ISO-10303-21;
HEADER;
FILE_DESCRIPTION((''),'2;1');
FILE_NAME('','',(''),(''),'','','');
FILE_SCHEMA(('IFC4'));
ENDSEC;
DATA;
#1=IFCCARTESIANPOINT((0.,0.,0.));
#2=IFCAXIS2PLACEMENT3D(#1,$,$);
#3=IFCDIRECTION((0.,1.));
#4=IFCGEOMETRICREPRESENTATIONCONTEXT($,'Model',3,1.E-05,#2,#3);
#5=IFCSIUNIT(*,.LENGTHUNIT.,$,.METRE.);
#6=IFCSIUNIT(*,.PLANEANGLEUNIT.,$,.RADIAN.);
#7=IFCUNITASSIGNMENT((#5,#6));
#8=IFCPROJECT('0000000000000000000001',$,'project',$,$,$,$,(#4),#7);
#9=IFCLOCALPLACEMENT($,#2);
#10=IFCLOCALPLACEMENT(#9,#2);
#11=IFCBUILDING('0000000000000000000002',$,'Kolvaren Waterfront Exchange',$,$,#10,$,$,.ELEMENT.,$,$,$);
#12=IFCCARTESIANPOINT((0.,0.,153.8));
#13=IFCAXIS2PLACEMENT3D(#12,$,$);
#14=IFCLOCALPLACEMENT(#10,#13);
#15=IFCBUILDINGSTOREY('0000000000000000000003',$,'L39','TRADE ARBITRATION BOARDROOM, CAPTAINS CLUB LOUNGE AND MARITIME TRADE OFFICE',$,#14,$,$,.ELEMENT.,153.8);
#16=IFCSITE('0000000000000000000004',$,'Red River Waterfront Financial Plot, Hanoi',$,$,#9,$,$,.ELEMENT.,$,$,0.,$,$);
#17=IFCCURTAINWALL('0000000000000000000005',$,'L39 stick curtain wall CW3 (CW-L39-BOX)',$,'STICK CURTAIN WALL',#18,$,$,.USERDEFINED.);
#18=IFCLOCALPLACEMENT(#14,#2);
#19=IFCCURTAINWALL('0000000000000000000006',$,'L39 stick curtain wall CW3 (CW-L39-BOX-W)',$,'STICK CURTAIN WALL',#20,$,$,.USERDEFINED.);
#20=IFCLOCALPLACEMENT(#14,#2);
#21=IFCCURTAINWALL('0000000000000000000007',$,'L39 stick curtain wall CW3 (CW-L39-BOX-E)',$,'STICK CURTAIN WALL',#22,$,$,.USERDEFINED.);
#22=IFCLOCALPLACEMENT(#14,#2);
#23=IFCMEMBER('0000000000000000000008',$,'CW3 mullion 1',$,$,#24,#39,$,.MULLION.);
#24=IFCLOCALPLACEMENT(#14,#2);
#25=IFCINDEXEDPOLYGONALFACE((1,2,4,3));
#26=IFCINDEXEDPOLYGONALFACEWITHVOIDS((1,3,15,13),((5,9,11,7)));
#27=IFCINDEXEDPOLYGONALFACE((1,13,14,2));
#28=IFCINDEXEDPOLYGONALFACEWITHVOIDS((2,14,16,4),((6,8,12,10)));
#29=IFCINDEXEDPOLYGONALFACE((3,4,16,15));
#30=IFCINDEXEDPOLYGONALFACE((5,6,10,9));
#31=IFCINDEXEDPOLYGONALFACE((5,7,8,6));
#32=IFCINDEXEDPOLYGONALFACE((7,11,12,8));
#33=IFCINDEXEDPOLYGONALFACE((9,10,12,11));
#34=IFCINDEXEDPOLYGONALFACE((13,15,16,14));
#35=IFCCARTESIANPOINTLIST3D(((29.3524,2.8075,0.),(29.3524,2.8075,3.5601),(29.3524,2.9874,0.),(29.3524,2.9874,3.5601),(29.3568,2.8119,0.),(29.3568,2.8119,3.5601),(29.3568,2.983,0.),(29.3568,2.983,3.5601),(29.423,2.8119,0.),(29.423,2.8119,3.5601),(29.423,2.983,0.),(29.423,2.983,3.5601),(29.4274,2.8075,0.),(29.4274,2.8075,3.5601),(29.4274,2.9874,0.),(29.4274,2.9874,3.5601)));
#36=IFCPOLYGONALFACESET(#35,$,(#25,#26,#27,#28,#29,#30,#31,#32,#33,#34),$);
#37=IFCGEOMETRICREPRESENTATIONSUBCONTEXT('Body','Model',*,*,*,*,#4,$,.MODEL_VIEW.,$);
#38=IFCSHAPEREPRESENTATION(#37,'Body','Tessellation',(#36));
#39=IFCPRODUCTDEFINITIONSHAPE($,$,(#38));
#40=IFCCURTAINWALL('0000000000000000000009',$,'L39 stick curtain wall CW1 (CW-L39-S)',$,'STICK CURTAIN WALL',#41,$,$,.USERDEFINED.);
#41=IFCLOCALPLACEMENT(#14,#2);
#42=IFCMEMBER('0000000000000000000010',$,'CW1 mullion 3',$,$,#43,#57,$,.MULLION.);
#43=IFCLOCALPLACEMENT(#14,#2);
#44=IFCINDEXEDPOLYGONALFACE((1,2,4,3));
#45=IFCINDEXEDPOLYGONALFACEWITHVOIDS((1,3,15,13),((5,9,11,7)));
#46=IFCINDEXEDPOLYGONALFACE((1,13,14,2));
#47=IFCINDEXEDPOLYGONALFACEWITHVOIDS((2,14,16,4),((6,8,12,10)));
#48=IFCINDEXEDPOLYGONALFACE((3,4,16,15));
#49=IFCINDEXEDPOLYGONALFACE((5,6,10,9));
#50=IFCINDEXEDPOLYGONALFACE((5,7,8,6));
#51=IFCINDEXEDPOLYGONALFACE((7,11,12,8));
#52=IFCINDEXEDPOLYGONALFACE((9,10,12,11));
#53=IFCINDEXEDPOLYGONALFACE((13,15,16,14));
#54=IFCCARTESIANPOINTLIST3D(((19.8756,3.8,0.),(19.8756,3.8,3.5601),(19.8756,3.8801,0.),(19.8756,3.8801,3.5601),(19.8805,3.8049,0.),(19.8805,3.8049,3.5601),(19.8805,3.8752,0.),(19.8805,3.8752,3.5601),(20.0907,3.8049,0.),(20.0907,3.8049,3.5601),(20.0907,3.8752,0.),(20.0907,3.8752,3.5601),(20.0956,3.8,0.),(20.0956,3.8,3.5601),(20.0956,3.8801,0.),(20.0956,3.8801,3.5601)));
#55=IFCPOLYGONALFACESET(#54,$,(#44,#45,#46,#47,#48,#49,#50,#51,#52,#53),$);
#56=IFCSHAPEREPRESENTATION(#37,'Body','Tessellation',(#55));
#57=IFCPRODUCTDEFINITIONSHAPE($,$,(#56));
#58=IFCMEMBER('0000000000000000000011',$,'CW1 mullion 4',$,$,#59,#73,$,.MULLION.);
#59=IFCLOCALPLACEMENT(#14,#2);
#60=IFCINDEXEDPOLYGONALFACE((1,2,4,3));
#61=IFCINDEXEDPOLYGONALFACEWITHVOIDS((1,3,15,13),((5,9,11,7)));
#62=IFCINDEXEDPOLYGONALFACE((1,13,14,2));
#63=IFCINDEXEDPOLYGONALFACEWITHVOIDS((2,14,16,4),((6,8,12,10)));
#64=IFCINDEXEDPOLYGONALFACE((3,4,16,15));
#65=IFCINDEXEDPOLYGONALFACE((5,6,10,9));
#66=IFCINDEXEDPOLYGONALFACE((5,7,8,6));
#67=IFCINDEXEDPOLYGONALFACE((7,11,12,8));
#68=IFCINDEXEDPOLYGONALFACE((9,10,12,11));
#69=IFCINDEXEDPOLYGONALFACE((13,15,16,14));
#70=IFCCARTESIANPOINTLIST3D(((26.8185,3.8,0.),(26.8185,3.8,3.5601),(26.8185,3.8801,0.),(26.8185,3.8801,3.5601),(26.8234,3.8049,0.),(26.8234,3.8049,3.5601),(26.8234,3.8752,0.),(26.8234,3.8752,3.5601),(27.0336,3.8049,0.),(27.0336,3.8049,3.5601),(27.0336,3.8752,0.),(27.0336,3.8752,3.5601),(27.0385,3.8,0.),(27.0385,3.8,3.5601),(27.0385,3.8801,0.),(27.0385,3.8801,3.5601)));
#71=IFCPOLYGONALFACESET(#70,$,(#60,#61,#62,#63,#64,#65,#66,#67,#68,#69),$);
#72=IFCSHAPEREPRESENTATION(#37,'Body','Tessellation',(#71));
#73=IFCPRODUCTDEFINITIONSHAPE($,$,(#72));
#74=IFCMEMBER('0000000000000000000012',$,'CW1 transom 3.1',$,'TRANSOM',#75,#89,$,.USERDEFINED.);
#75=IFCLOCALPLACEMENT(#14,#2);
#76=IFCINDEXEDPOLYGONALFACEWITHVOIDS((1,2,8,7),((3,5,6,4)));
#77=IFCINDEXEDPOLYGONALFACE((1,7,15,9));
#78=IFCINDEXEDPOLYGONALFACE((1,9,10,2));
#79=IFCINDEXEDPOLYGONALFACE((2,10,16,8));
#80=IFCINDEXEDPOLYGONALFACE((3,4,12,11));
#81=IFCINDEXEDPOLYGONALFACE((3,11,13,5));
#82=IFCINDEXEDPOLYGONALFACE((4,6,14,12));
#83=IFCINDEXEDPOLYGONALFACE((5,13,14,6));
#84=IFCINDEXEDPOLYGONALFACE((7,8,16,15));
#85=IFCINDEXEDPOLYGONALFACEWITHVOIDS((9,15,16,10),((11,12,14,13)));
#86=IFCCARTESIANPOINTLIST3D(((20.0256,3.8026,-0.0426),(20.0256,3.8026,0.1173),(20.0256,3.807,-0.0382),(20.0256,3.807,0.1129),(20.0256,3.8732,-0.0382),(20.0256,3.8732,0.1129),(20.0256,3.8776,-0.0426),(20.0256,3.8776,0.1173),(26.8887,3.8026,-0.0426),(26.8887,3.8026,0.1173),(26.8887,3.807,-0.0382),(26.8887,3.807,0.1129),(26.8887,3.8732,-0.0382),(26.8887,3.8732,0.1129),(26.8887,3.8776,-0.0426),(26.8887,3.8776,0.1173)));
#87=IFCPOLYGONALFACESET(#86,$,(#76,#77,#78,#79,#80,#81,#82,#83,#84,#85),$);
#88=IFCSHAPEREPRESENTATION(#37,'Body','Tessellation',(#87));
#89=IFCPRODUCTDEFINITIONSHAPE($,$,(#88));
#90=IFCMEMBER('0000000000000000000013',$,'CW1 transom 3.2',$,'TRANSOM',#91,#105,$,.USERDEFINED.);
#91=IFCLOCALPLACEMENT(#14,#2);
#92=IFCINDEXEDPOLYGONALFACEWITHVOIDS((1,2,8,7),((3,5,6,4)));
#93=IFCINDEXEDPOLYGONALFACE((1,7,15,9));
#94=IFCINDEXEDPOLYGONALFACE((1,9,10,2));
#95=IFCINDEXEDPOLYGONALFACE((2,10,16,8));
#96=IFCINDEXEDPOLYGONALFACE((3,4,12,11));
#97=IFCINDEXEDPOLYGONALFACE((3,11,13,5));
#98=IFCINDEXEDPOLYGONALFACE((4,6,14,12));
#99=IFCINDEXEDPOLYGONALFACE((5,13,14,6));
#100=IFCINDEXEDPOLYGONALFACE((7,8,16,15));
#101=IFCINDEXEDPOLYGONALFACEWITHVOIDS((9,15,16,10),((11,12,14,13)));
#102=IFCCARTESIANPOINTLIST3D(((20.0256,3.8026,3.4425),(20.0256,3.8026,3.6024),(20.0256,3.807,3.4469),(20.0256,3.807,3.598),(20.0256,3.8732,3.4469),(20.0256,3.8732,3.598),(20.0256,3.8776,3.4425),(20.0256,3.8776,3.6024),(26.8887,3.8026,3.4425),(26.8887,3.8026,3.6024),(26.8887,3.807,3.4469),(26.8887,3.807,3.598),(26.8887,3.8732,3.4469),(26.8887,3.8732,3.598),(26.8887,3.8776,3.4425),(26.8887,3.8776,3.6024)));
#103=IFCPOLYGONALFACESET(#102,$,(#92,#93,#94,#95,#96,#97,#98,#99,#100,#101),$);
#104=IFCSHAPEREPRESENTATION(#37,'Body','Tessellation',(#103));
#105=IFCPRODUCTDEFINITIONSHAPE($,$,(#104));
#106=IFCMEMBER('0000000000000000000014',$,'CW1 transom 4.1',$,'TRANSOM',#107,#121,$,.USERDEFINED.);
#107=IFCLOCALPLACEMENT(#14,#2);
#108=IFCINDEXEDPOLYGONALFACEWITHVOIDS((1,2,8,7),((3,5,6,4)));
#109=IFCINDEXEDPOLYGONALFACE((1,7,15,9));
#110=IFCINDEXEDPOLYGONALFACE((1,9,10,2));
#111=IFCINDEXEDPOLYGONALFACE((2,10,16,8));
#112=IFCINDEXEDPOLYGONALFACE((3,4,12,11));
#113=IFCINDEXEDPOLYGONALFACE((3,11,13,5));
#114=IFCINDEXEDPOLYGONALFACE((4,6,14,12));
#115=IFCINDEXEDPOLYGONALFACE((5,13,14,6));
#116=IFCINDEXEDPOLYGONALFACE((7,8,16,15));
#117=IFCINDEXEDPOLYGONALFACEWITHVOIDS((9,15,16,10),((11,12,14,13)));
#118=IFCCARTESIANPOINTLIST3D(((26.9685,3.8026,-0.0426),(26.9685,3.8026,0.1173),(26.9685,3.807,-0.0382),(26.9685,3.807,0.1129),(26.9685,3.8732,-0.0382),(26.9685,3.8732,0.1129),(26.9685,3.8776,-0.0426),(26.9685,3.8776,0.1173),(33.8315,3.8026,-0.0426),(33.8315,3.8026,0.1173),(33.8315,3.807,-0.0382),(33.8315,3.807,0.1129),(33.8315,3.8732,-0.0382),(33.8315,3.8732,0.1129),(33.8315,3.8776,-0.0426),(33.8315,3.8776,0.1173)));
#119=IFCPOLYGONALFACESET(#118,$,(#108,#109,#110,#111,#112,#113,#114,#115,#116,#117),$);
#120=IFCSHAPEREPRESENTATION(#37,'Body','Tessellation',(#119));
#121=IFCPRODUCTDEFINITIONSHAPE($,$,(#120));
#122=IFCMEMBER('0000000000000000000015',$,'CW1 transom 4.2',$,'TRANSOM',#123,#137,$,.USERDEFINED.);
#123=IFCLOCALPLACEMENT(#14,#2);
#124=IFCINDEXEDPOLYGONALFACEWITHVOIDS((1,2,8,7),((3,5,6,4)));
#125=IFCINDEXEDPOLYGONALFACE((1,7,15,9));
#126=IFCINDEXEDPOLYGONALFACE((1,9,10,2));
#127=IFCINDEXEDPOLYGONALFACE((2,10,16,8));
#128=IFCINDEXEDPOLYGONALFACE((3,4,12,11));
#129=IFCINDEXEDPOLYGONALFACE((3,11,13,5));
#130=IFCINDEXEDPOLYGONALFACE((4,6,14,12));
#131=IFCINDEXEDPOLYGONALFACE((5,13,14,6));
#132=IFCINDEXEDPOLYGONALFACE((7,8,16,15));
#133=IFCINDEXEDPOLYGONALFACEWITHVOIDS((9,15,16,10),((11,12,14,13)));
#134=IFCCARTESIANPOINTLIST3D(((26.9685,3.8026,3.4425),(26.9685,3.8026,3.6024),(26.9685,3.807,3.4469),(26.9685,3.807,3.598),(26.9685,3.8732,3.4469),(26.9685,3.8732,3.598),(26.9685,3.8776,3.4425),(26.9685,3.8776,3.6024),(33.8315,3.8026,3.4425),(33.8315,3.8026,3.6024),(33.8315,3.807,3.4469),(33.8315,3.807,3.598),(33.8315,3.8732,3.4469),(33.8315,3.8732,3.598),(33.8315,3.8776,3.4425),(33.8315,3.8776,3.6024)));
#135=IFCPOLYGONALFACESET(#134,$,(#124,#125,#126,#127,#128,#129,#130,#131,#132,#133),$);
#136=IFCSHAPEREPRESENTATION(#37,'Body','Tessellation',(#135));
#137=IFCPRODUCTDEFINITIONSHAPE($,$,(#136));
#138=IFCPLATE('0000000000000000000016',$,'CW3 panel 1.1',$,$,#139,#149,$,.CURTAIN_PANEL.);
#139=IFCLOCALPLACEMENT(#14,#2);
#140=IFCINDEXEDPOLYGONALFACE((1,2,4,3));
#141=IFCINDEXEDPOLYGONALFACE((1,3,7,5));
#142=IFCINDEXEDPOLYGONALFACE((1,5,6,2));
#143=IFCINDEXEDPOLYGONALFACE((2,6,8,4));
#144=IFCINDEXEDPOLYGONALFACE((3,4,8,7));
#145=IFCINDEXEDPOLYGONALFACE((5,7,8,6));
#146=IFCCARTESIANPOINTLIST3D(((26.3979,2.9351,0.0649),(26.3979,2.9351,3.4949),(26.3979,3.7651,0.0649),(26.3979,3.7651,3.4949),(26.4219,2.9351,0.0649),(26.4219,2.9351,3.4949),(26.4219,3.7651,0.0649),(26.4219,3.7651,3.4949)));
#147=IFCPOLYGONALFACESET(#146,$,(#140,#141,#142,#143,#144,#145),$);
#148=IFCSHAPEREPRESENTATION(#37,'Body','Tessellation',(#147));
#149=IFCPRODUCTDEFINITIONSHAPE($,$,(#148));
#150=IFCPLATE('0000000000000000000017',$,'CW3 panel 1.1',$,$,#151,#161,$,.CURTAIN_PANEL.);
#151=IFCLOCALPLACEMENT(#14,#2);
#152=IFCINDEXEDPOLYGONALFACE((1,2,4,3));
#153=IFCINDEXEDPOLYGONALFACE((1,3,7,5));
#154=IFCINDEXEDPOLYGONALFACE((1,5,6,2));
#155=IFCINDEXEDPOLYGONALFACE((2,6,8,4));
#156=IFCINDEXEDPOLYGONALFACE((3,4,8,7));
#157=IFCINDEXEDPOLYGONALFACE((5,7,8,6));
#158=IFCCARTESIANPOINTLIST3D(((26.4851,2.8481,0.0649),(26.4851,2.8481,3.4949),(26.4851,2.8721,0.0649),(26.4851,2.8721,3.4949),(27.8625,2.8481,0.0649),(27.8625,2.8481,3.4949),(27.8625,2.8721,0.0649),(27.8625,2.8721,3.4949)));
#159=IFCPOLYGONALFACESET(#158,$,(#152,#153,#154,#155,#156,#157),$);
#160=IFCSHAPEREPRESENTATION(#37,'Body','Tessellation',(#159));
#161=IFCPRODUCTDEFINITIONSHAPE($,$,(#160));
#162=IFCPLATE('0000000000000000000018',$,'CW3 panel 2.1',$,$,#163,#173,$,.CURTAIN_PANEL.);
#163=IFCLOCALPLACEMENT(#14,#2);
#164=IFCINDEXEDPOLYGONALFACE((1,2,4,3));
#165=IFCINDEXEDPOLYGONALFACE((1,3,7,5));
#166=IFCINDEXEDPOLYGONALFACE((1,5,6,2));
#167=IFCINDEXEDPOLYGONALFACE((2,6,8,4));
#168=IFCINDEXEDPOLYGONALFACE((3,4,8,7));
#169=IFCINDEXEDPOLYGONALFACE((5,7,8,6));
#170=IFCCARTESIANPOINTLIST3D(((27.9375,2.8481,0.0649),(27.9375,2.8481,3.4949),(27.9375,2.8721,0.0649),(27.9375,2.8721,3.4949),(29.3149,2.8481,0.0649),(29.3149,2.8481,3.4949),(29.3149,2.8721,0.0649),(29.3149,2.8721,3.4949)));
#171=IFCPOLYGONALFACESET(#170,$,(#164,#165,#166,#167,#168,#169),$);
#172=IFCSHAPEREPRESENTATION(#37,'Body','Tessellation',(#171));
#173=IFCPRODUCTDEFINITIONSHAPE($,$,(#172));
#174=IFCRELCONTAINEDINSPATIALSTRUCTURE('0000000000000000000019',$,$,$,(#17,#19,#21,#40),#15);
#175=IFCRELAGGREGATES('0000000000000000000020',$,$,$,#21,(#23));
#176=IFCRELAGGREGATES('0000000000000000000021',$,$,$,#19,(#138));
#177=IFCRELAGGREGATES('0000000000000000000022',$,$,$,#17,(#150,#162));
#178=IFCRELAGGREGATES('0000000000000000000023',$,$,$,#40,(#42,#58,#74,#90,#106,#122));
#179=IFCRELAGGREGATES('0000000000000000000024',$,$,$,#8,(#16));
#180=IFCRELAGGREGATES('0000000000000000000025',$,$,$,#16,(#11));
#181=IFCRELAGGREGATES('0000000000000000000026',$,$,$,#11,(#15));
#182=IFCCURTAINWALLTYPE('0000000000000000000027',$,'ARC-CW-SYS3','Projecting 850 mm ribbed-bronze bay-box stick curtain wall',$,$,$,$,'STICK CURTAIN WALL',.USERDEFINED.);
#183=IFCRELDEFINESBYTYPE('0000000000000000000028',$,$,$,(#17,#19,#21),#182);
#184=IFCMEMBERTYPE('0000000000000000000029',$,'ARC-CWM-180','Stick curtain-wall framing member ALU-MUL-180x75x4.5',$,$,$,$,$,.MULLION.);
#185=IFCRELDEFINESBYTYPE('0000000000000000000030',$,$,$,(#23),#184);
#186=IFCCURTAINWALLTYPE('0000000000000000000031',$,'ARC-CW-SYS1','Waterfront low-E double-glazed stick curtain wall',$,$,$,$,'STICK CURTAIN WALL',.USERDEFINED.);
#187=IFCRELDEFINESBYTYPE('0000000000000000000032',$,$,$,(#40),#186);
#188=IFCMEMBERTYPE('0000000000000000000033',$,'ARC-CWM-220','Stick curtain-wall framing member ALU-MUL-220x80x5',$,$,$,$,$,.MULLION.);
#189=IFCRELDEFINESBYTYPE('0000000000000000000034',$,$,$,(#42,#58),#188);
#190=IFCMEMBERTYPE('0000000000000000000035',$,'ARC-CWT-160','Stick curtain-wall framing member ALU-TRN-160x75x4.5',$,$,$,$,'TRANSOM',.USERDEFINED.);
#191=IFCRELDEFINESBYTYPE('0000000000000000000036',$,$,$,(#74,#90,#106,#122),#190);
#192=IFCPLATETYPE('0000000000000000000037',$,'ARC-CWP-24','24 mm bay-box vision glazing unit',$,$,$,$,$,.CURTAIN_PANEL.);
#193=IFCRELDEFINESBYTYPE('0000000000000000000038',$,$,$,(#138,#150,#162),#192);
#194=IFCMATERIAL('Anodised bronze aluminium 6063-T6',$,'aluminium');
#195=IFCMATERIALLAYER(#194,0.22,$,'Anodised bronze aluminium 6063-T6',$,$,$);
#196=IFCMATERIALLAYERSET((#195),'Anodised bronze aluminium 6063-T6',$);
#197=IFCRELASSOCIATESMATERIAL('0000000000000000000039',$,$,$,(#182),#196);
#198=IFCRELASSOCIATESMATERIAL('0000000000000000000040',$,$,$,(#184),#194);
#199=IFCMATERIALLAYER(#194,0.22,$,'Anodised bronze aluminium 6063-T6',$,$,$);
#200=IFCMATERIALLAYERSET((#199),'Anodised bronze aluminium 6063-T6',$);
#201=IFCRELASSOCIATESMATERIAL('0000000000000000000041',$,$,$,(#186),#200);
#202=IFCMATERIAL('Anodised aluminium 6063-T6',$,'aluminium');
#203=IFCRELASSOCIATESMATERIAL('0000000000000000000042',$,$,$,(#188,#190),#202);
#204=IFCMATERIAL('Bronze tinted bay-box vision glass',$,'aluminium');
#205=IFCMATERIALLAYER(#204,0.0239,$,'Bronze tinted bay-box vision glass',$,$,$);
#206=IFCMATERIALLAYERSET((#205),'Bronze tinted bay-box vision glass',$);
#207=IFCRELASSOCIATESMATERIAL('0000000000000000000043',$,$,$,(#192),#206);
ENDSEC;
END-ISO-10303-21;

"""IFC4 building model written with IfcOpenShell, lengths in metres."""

from ifc_helpers import new_model, si_unit, direction, frame, origin, origin_with_axes, origin_2d, place, context, subcontext, project, spatial, rectangle, hollow_rectangle, extrude, source, transform, mapped, material, layer, layer_set, material_profile, profile_set, type_object, element, aggregate, save


model = new_model("IFC4")

# Units and contexts
model_context = context("Model", 3, precision=1e-05, world=origin(), true_north=direction((0.0, 1.0)))
body_context = subcontext(model_context, "Body", "Model", "MODEL_VIEW")
ifc_project = project(units=[si_unit("LENGTHUNIT", "METRE"), si_unit("PLANEANGLEUNIT", "RADIAN")], contexts=[model_context])

# Site, building, storey
site_placement = place(None, origin())
site = spatial("IfcSite", under=ifc_project, at=site_placement, Name="Red River Waterfront Financial Plot, Hanoi", CompositionType="ELEMENT", RefElevation=0.0)
building_placement = place(site_placement, origin())
building = spatial("IfcBuilding", under=site, at=building_placement, Name="Kolvaren Waterfront Exchange", CompositionType="ELEMENT")
storey_placement = place(building_placement, frame((0.0, 0.0, 153.8)))
storey = spatial("IfcBuildingStorey", under=building, at=storey_placement, Name="L39", Description="TRADE ARBITRATION BOARDROOM, CAPTAINS CLUB LOUNGE AND MARITIME TRADE OFFICE", CompositionType="ELEMENT", Elevation=153.8)

# Curtain walls
ifc_material_1 = material(Name="Anodised bronze aluminium 6063-T6", Category="aluminium")
ifc_layer_1 = layer(ifc_material_1, 0.22, Name="Anodised bronze aluminium 6063-T6")
ifc_layer_set_1 = layer_set([ifc_layer_1], Name="Anodised bronze aluminium 6063-T6")
curtain_wall_type_1 = type_object("IfcCurtainWallType", Name="ARC-CW-SYS3", Description="Projecting 850 mm ribbed-bronze bay-box stick curtain wall", ElementType="STICK CURTAIN WALL", PredefinedType="USERDEFINED", material=ifc_layer_set_1)
curtain_wall_1_placement = place(storey_placement, origin())
curtain_wall_1 = element("IfcCurtainWall", 1, at=curtain_wall_1_placement, inside=storey, type_object=curtain_wall_type_1, Name="L39 stick curtain wall CW3 (CW-L39-BOX)", ObjectType="STICK CURTAIN WALL", PredefinedType="USERDEFINED")
curtain_wall_2_placement = place(storey_placement, origin())
curtain_wall_2 = element("IfcCurtainWall", 2, at=curtain_wall_2_placement, inside=storey, type_object=curtain_wall_type_1, Name="L39 stick curtain wall CW3 (CW-L39-BOX-W)", ObjectType="STICK CURTAIN WALL", PredefinedType="USERDEFINED")

# Curtain wall
curtain_wall_3_placement = place(storey_placement, origin())
curtain_wall_3 = element("IfcCurtainWall", 3, at=curtain_wall_3_placement, inside=storey, type_object=curtain_wall_type_1, Name="L39 stick curtain wall CW3 (CW-L39-BOX-E)", ObjectType="STICK CURTAIN WALL", PredefinedType="USERDEFINED")

# Member
ifc_material_profile_1 = material_profile(ifc_material_1, hollow_rectangle(XDim=0.075, YDim=0.1799, WallThickness=0.0044, at=origin_2d()), Name="ALU-MUL-180x75x4.5")
ifc_profile_set_1 = profile_set([ifc_material_profile_1], Name="Anodised bronze aluminium 6063-T6")
member_type_1 = type_object("IfcMemberType", Name="ARC-CWM-180", Description="Stick curtain-wall framing member ALU-MUL-180x75x4.5", PredefinedType="MULLION", material=ifc_profile_set_1)
shared_shape_1 = source(origin_with_axes(), body_context, "Body", "SweptSolid", [
    extrude(hollow_rectangle(XDim=0.075, YDim=0.1799, WallThickness=0.0044, at=origin_2d()), origin(), (0.0, 0.0, 1.0), 3.5601),
])
member_1_placement = place(storey_placement, frame((29.3899, 2.8975, 0.0), z_axis=(0.0, 0.0, 1.0), x_axis=(-1.0, 0.0, 0.0)))
member_1 = element("IfcMember", 4, at=member_1_placement, type_object=member_type_1, Name="CW3 mullion 1", PredefinedType="MULLION", context=body_context, shape_type="MappedRepresentation", body=[
    mapped(shared_shape_1, transform((0.0, 0.0, 0.0), x_axis=(1.0, 0.0, 0.0), y_axis=(0.0, 1.0, 0.0), z_axis=(0.0, 0.0, 1.0), scale=1.0)),
])
aggregate(curtain_wall_3, [member_1])

# Curtain wall, members
ifc_layer_2 = layer(ifc_material_1, 0.22, Name="Anodised bronze aluminium 6063-T6")
ifc_layer_set_2 = layer_set([ifc_layer_2], Name="Anodised bronze aluminium 6063-T6")
curtain_wall_type_2 = type_object("IfcCurtainWallType", Name="ARC-CW-SYS1", Description="Waterfront low-E double-glazed stick curtain wall", ElementType="STICK CURTAIN WALL", PredefinedType="USERDEFINED", material=ifc_layer_set_2)
curtain_wall_4_placement = place(storey_placement, origin())
curtain_wall_4 = element("IfcCurtainWall", 5, at=curtain_wall_4_placement, inside=storey, type_object=curtain_wall_type_2, Name="L39 stick curtain wall CW1 (CW-L39-S)", ObjectType="STICK CURTAIN WALL", PredefinedType="USERDEFINED")
ifc_material_2 = material(Name="Anodised aluminium 6063-T6", Category="aluminium")
ifc_material_profile_2 = material_profile(ifc_material_2, hollow_rectangle(XDim=0.0801, YDim=0.22, WallThickness=0.0049, at=origin_2d()), Name="ALU-MUL-220x80x5")
ifc_profile_set_2 = profile_set([ifc_material_profile_2], Name="Anodised aluminium 6063-T6")
member_type_2 = type_object("IfcMemberType", Name="ARC-CWM-220", Description="Stick curtain-wall framing member ALU-MUL-220x80x5", PredefinedType="MULLION", material=ifc_profile_set_2)
shared_shape_2 = source(origin_with_axes(), body_context, "Body", "SweptSolid", [
    extrude(hollow_rectangle(XDim=0.0801, YDim=0.22, WallThickness=0.0049, at=origin_2d()), origin(), (0.0, 0.0, 1.0), 3.5601),
])
member_2_placement = place(storey_placement, frame((19.9856, 3.8401, 0.0), z_axis=(0.0, 0.0, 1.0), x_axis=(0.0, 1.0, 0.0)))
member_2 = element("IfcMember", 6, at=member_2_placement, type_object=member_type_2, Name="CW1 mullion 3", PredefinedType="MULLION", context=body_context, shape_type="MappedRepresentation", body=[
    mapped(shared_shape_2, transform((0.0, 0.0, 0.0), x_axis=(1.0, 0.0, 0.0), y_axis=(0.0, 1.0, 0.0), z_axis=(0.0, 0.0, 1.0), scale=1.0)),
])
member_3_placement = place(storey_placement, frame((26.9285, 3.8401, 0.0), z_axis=(0.0, 0.0, 1.0), x_axis=(0.0, 1.0, 0.0)))
member_3 = element("IfcMember", 7, at=member_3_placement, type_object=member_type_2, Name="CW1 mullion 4", PredefinedType="MULLION", context=body_context, shape_type="MappedRepresentation", body=[
    mapped(shared_shape_2, transform((0.0, 0.0, 0.0), x_axis=(1.0, 0.0, 0.0), y_axis=(0.0, 1.0, 0.0), z_axis=(0.0, 0.0, 1.0), scale=1.0)),
])
ifc_material_profile_3 = material_profile(ifc_material_2, hollow_rectangle(XDim=0.075, YDim=0.1599, WallThickness=0.0044, at=origin_2d()), Name="ALU-TRN-160x75x4.5")
ifc_profile_set_3 = profile_set([ifc_material_profile_3], Name="Anodised aluminium 6063-T6")
member_type_3 = type_object("IfcMemberType", Name="ARC-CWT-160", Description="Stick curtain-wall framing member ALU-TRN-160x75x4.5", ElementType="TRANSOM", PredefinedType="USERDEFINED", material=ifc_profile_set_3)
shared_shape_3 = source(origin_with_axes(), body_context, "Body", "SweptSolid", [
    extrude(hollow_rectangle(XDim=0.075, YDim=0.1599, WallThickness=0.0044, at=origin_2d()), origin(), (0.0, 0.0, 1.0), 6.863),
])
member_4_placement = place(storey_placement, frame((20.0256, 3.8401, 0.0374), z_axis=(1.0, 0.0, 0.0), x_axis=(0.0, 1.0, 0.0)))
member_4 = element("IfcMember", 8, at=member_4_placement, type_object=member_type_3, Name="CW1 transom 3.1", ObjectType="TRANSOM", PredefinedType="USERDEFINED", context=body_context, shape_type="MappedRepresentation", body=[
    mapped(shared_shape_3, transform((0.0, 0.0, 0.0), x_axis=(1.0, 0.0, 0.0), y_axis=(0.0, 1.0, 0.0), z_axis=(0.0, 0.0, 1.0), scale=1.0)),
])
member_5_placement = place(storey_placement, frame((20.0256, 3.8401, 3.5225), z_axis=(1.0, 0.0, 0.0), x_axis=(0.0, 1.0, 0.0)))
member_5 = element("IfcMember", 9, at=member_5_placement, type_object=member_type_3, Name="CW1 transom 3.2", ObjectType="TRANSOM", PredefinedType="USERDEFINED", context=body_context, shape_type="MappedRepresentation", body=[
    mapped(shared_shape_3, transform((0.0, 0.0, 0.0), x_axis=(1.0, 0.0, 0.0), y_axis=(0.0, 1.0, 0.0), z_axis=(0.0, 0.0, 1.0), scale=1.0)),
])
member_6_placement = place(storey_placement, frame((26.9685, 3.8401, 0.0374), z_axis=(1.0, 0.0, 0.0), x_axis=(0.0, 1.0, 0.0)))
member_6 = element("IfcMember", 10, at=member_6_placement, type_object=member_type_3, Name="CW1 transom 4.1", ObjectType="TRANSOM", PredefinedType="USERDEFINED", context=body_context, shape_type="MappedRepresentation", body=[
    mapped(shared_shape_3, transform((0.0, 0.0, 0.0), x_axis=(1.0, 0.0, 0.0), y_axis=(0.0, 1.0, 0.0), z_axis=(0.0, 0.0, 1.0), scale=1.0)),
])
member_7_placement = place(storey_placement, frame((26.9685, 3.8401, 3.5225), z_axis=(1.0, 0.0, 0.0), x_axis=(0.0, 1.0, 0.0)))
member_7 = element("IfcMember", 11, at=member_7_placement, type_object=member_type_3, Name="CW1 transom 4.2", ObjectType="TRANSOM", PredefinedType="USERDEFINED", context=body_context, shape_type="MappedRepresentation", body=[
    mapped(shared_shape_3, transform((0.0, 0.0, 0.0), x_axis=(1.0, 0.0, 0.0), y_axis=(0.0, 1.0, 0.0), z_axis=(0.0, 0.0, 1.0), scale=1.0)),
])

# Plates
ifc_material_3 = material(Name="Bronze tinted bay-box vision glass", Category="aluminium")
ifc_layer_3 = layer(ifc_material_3, 0.0239, Name="Bronze tinted bay-box vision glass")
ifc_layer_set_3 = layer_set([ifc_layer_3], Name="Bronze tinted bay-box vision glass")
plate_type_1 = type_object("IfcPlateType", Name="ARC-CWP-24", Description="24 mm bay-box vision glazing unit", PredefinedType="CURTAIN_PANEL", material=ifc_layer_set_3)
shared_shape_4 = source(origin_with_axes(), body_context, "Body", "SweptSolid", [
    extrude(rectangle(XDim=0.8301, YDim=0.0239, at=origin_2d()), origin(), (0.0, 0.0, 1.0), 3.4299),
])
plate_1_placement = place(storey_placement, frame((26.4099, 3.3501, 0.0649), z_axis=(0.0, 0.0, 1.0), x_axis=(0.0, -1.0, 0.0)))
plate_1 = element("IfcPlate", 12, at=plate_1_placement, type_object=plate_type_1, Name="CW3 panel 1.1", PredefinedType="CURTAIN_PANEL", context=body_context, shape_type="MappedRepresentation", body=[
    mapped(shared_shape_4, transform((0.0, 0.0, 0.0), x_axis=(1.0, 0.0, 0.0), y_axis=(0.0, 1.0, 0.0), z_axis=(0.0, 0.0, 1.0), scale=1.0)),
])
aggregate(curtain_wall_2, [plate_1])
shared_shape_5 = source(origin_with_axes(), body_context, "Body", "SweptSolid", [
    extrude(rectangle(XDim=1.3774, YDim=0.0239, at=origin_2d()), origin(), (0.0, 0.0, 1.0), 3.4299),
])
plate_2_placement = place(storey_placement, frame((27.1738, 2.8601, 0.0649), z_axis=(0.0, 0.0, 1.0), x_axis=(1.0, 0.0, 0.0)))
plate_2 = element("IfcPlate", 13, at=plate_2_placement, type_object=plate_type_1, Name="CW3 panel 1.1", PredefinedType="CURTAIN_PANEL", context=body_context, shape_type="MappedRepresentation", body=[
    mapped(shared_shape_5, transform((0.0, 0.0, 0.0), x_axis=(1.0, 0.0, 0.0), y_axis=(0.0, 1.0, 0.0), z_axis=(0.0, 0.0, 1.0), scale=1.0)),
])
plate_3_placement = place(storey_placement, frame((28.6262, 2.8601, 0.0649), z_axis=(0.0, 0.0, 1.0), x_axis=(1.0, 0.0, 0.0)))
plate_3 = element("IfcPlate", 14, at=plate_3_placement, type_object=plate_type_1, Name="CW3 panel 2.1", PredefinedType="CURTAIN_PANEL", context=body_context, shape_type="MappedRepresentation", body=[
    mapped(shared_shape_5, transform((0.0, 0.0, 0.0), x_axis=(1.0, 0.0, 0.0), y_axis=(0.0, 1.0, 0.0), z_axis=(0.0, 0.0, 1.0), scale=1.0)),
])
aggregate(curtain_wall_1, [plate_2, plate_3])
aggregate(curtain_wall_4, [member_2, member_3, member_4, member_5, member_6, member_7])

save(model, "model.ifc")
